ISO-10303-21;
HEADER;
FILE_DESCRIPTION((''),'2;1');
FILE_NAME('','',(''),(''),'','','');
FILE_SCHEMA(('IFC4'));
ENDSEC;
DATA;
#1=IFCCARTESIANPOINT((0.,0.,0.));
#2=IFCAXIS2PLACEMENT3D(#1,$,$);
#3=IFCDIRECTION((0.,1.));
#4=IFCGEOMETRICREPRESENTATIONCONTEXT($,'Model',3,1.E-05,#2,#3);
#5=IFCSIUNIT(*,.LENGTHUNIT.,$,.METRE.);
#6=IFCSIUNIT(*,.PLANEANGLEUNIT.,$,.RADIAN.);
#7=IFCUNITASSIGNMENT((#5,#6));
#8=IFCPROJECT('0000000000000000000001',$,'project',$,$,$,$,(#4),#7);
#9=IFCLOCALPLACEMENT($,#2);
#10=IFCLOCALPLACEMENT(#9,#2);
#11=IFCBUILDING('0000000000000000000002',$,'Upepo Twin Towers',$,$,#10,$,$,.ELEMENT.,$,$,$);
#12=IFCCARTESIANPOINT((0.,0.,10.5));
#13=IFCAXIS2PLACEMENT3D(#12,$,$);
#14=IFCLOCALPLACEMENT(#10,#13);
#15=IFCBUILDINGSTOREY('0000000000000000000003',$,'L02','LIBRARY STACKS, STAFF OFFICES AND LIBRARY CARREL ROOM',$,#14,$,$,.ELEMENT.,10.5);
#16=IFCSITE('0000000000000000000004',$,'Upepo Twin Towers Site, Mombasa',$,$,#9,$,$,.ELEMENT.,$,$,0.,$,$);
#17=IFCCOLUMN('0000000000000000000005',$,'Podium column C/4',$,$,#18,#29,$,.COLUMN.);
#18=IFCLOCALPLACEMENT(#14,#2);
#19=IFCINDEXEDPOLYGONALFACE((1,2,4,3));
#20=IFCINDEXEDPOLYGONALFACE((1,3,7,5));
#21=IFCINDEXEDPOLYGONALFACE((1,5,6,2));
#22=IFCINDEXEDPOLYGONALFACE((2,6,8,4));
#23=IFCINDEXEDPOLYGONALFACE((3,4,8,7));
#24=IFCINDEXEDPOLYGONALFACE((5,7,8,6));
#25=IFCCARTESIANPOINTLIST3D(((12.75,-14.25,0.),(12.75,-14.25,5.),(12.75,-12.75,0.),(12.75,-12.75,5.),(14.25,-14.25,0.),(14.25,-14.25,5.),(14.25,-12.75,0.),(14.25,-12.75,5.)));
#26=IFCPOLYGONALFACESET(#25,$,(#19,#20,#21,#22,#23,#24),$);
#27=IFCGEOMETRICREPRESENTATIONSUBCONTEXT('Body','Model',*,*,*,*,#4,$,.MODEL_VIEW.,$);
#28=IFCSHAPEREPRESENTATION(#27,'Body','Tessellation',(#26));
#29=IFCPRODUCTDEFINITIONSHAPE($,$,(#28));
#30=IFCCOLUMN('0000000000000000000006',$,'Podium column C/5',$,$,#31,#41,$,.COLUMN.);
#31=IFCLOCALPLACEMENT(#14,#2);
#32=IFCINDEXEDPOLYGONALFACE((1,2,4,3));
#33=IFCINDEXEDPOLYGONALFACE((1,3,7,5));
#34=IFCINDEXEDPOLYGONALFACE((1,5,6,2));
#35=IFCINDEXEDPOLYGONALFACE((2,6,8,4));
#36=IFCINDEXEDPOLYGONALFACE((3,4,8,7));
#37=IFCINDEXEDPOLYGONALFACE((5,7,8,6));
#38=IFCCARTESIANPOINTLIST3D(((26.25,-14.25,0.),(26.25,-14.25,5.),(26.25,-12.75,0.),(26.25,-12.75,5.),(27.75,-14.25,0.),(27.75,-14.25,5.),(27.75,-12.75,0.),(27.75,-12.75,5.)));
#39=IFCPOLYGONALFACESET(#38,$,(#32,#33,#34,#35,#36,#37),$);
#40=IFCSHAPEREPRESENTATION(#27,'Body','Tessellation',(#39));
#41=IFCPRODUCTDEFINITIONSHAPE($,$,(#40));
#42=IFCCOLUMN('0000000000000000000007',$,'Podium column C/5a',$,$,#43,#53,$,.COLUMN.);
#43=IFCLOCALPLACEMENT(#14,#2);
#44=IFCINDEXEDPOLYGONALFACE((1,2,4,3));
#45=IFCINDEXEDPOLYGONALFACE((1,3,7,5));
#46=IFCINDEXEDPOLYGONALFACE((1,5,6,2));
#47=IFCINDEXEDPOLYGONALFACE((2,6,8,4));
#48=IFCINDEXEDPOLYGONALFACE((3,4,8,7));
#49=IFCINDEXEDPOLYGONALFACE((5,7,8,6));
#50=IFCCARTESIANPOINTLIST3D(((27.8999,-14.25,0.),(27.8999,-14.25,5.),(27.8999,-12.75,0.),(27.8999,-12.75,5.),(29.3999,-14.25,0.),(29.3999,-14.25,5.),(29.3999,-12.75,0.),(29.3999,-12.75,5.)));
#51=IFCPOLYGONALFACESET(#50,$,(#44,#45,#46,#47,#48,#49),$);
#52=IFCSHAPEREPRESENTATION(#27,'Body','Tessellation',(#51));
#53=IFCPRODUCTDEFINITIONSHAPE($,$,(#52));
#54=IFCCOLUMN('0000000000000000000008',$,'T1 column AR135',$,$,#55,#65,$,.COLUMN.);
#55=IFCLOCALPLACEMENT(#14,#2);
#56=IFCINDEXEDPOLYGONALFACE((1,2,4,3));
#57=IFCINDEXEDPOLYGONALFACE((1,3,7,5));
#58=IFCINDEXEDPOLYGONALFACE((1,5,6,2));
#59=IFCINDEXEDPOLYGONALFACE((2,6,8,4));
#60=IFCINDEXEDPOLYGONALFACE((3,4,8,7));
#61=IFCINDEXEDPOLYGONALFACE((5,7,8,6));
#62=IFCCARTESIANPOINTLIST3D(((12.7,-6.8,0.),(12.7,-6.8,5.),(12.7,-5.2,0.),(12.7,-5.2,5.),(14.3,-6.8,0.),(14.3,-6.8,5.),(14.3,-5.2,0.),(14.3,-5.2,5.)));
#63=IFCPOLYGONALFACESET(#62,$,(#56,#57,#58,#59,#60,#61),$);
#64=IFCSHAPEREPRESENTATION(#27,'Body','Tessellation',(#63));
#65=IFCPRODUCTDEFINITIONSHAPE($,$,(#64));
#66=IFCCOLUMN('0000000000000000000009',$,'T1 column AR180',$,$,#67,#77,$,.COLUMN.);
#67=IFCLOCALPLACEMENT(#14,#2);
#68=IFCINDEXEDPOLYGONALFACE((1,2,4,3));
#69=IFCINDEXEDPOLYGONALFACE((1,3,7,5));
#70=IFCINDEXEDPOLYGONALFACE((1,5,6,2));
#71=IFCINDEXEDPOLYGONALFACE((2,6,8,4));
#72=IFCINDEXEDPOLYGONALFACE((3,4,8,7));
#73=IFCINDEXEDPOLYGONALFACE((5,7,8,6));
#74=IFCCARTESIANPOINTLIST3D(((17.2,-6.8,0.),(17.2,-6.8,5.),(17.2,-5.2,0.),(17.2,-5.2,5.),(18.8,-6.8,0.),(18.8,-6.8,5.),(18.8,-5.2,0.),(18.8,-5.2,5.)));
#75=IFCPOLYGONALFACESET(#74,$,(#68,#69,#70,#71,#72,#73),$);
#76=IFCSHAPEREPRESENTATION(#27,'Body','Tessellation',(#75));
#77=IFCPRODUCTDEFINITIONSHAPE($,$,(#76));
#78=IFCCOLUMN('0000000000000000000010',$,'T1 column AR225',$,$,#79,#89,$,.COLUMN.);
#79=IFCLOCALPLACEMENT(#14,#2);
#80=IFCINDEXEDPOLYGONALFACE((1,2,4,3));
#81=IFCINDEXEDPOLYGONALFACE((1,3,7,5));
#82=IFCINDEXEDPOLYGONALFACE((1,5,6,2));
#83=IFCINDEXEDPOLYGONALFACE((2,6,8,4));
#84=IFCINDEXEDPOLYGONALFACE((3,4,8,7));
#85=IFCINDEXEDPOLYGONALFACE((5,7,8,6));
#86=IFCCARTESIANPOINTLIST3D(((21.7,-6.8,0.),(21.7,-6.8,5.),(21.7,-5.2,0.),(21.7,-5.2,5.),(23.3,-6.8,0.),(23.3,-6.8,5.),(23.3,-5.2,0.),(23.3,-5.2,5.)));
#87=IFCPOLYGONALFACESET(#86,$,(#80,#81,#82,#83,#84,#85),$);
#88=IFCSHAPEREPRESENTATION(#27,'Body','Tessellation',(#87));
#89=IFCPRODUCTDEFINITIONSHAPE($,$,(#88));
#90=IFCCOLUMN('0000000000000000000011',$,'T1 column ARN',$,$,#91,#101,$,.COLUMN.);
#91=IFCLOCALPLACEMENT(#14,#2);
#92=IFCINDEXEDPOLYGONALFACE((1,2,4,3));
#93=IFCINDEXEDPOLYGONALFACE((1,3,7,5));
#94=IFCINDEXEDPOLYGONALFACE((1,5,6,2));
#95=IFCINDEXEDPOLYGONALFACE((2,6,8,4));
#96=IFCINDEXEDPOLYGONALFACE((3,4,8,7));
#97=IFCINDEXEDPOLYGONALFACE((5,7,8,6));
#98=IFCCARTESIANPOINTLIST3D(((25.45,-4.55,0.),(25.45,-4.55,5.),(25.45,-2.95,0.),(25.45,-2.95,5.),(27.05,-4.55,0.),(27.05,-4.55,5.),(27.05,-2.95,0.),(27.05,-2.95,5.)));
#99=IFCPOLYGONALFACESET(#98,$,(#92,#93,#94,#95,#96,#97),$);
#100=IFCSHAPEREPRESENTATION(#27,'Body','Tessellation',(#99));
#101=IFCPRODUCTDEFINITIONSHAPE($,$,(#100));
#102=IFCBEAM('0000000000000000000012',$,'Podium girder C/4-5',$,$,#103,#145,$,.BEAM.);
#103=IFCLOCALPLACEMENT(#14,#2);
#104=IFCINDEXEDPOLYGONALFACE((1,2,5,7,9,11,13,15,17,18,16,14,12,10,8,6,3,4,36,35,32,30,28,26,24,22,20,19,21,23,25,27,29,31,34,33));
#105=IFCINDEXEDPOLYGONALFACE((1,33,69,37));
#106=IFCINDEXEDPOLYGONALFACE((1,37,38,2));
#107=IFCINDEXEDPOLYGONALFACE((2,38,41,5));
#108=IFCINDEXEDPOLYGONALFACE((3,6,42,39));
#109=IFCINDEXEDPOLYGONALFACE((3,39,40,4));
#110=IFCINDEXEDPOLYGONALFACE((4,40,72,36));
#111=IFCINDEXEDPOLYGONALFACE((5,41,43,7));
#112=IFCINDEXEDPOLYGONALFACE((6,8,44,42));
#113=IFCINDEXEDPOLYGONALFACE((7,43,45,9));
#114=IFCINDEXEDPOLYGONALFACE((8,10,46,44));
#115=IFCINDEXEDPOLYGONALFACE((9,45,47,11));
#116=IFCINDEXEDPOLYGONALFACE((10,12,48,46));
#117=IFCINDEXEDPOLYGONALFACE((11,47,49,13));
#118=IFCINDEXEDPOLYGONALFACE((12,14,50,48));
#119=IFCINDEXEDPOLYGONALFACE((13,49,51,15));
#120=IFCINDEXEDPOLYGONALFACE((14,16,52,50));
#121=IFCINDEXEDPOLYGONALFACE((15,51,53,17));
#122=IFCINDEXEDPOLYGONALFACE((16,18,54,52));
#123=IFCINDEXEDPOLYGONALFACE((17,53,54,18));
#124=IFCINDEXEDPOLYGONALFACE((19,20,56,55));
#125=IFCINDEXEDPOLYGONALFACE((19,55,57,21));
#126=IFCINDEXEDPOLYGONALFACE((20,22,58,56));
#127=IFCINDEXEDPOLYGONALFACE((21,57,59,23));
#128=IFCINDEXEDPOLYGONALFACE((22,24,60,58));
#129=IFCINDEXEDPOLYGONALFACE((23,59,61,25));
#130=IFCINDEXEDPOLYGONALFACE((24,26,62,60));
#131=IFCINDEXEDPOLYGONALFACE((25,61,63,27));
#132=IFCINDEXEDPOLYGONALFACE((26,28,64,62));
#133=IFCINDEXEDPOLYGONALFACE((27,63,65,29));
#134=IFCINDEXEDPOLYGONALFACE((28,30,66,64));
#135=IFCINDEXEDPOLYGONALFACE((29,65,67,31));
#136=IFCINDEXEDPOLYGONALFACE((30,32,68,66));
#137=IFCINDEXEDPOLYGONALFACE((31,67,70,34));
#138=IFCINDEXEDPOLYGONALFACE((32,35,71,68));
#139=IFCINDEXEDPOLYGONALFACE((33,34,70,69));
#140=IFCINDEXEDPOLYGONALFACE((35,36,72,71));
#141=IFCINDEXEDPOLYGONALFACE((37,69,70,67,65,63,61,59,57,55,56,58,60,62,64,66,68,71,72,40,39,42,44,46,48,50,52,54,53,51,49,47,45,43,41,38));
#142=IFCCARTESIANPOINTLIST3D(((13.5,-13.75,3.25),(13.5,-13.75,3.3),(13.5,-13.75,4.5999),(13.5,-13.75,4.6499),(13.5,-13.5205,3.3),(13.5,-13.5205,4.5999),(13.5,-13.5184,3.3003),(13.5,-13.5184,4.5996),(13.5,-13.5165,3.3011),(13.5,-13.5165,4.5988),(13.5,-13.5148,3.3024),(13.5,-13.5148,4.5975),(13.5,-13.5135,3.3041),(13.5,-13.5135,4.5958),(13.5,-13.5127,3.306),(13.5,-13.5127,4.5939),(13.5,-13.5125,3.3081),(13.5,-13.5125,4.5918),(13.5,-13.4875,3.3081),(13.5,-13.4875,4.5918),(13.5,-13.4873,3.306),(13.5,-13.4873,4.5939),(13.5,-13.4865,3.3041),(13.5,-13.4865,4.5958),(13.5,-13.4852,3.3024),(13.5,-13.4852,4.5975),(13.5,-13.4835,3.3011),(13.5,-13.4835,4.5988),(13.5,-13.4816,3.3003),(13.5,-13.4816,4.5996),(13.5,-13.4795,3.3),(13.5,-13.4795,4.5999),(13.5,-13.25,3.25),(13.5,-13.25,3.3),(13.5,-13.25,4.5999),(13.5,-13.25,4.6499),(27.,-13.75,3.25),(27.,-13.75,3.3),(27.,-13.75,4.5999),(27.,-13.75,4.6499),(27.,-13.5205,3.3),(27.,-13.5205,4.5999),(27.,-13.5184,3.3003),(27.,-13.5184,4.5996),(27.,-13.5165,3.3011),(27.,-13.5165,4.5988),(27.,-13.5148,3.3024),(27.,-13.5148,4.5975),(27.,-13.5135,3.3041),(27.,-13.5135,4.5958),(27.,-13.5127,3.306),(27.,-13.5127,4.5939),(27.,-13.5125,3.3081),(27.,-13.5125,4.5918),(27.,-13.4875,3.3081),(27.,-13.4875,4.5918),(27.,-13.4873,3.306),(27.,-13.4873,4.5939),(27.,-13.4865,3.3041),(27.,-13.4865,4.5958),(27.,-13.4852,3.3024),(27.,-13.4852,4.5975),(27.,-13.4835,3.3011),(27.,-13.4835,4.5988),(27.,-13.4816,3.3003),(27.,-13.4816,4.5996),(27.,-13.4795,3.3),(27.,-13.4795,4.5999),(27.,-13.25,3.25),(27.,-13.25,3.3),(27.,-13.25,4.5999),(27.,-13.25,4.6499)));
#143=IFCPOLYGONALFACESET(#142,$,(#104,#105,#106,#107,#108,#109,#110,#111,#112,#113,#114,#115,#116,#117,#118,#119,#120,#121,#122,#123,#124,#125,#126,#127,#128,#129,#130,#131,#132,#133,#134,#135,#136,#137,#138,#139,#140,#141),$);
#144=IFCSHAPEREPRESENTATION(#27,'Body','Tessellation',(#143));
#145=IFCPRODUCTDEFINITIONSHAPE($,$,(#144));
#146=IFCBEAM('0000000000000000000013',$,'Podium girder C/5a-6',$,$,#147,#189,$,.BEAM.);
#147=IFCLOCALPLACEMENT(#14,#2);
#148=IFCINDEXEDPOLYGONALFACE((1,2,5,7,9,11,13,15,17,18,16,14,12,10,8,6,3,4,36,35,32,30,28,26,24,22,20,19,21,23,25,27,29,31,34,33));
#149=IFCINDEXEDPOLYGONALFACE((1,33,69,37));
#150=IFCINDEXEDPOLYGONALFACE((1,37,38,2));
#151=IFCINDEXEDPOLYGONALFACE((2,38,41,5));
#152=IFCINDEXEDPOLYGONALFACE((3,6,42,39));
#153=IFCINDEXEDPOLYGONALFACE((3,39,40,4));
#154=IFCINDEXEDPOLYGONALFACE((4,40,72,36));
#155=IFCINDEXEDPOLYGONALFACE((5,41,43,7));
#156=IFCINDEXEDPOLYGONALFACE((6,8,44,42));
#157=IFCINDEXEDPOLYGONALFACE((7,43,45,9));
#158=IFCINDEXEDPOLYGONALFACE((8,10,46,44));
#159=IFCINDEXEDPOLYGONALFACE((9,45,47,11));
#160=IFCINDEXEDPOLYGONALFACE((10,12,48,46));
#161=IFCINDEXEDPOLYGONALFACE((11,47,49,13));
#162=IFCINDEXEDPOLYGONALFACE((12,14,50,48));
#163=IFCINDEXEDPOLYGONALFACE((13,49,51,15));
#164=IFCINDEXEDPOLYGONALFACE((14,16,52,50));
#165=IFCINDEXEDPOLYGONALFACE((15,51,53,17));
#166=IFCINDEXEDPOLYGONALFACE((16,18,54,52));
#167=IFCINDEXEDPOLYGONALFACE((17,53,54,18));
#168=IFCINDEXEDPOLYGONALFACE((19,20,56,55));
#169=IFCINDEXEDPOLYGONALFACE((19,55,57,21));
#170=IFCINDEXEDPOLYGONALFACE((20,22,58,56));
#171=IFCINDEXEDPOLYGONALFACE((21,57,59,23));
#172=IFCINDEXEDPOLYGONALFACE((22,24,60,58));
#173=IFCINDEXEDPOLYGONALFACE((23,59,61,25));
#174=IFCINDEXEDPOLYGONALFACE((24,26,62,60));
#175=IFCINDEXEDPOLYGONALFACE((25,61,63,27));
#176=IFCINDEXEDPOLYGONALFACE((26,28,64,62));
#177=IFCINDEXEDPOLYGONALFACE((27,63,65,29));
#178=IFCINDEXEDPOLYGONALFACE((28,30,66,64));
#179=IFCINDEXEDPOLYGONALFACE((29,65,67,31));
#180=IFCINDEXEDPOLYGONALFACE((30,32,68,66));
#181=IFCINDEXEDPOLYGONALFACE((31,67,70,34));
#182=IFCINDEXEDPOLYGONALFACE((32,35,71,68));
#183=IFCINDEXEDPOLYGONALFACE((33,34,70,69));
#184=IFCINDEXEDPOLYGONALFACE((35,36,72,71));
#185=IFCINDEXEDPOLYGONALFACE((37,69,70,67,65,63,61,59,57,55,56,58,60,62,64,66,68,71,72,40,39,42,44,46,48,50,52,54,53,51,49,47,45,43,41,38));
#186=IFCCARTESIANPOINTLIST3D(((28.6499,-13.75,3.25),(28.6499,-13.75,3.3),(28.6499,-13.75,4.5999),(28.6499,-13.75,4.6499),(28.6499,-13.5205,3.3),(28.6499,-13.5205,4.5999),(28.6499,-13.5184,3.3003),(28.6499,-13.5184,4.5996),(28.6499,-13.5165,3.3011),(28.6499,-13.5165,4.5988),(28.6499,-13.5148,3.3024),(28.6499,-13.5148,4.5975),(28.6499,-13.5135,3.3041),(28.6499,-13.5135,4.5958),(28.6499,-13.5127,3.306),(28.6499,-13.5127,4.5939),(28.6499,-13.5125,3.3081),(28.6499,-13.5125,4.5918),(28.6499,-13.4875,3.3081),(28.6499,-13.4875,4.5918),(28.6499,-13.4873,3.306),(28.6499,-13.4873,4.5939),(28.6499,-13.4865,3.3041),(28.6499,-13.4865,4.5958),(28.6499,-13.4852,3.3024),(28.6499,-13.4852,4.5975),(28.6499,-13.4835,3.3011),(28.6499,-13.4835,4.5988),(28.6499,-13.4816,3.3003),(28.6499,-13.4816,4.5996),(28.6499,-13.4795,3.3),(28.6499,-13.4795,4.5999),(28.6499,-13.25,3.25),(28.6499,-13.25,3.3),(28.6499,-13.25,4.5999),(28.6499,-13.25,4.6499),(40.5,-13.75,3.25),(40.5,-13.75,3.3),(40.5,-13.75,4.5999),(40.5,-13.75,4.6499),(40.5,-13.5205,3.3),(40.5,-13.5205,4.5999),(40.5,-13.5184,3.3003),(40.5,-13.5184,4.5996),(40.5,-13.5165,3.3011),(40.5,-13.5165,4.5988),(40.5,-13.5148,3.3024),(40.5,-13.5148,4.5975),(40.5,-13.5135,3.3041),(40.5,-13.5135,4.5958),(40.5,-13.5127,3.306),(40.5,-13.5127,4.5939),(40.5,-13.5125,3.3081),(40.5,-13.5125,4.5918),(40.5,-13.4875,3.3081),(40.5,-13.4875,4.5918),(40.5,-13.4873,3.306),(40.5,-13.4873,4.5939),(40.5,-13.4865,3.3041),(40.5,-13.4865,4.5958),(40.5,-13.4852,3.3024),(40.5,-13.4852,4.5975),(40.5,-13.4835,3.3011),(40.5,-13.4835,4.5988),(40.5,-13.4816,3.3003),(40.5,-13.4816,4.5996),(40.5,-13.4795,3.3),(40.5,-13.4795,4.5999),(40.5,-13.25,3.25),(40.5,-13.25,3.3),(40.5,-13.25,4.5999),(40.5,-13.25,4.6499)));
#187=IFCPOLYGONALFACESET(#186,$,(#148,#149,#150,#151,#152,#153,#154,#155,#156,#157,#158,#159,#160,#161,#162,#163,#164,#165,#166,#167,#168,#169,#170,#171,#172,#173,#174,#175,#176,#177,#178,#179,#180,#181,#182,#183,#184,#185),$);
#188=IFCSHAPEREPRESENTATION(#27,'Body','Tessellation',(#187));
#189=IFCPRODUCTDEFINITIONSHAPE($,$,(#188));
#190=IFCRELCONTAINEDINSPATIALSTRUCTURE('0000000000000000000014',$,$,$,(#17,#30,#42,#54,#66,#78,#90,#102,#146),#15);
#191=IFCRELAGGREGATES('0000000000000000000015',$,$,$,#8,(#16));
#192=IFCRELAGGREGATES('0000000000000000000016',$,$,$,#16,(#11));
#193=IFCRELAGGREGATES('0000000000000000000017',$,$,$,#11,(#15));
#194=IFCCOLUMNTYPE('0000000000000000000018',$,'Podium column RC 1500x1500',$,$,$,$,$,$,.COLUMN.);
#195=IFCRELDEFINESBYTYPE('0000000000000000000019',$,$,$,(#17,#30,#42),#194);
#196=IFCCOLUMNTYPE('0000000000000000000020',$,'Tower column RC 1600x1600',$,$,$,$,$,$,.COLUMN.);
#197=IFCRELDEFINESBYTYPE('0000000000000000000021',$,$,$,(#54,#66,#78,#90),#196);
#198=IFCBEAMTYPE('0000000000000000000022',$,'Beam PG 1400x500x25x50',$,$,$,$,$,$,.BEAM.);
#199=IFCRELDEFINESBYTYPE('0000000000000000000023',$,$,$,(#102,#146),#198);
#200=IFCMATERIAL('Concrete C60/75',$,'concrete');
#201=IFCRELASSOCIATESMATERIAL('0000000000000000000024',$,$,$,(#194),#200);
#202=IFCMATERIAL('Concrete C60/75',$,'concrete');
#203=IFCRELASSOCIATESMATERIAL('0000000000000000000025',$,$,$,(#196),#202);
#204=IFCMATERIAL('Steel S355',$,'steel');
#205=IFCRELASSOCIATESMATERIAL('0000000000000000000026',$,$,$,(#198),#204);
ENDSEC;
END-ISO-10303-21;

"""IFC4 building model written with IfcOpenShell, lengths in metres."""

from ifc_helpers import new_model, si_unit, direction, frame, origin, origin_2d, place, context, subcontext, project, spatial, rectangle, i_section, extrude, material, material_profile, profile_set, type_object, element, save


model = new_model("IFC4")

# Units and contexts
model_context = context("Model", 3, precision=1e-05, world=origin(), true_north=direction((0.0, 1.0)))
body_context = subcontext(model_context, "Body", "Model", "MODEL_VIEW")
ifc_project = project(units=[si_unit("LENGTHUNIT", "METRE"), si_unit("PLANEANGLEUNIT", "RADIAN")], contexts=[model_context])

# Site, building, storey
site_placement = place(None, origin())
site = spatial("IfcSite", under=ifc_project, at=site_placement, Name="Upepo Twin Towers Site, Mombasa", CompositionType="ELEMENT", RefElevation=0.0)
building_placement = place(site_placement, origin())
building = spatial("IfcBuilding", under=site, at=building_placement, Name="Upepo Twin Towers", CompositionType="ELEMENT")
storey_placement = place(building_placement, frame((0.0, 0.0, 10.5)))
storey = spatial("IfcBuildingStorey", under=building, at=storey_placement, Name="L02", Description="LIBRARY STACKS, STAFF OFFICES AND LIBRARY CARREL ROOM", CompositionType="ELEMENT", Elevation=10.5)

# Columns
ifc_material_1 = material(Name="Concrete C60/75", Category="concrete")
ifc_material_profile_1 = material_profile(ifc_material_1, rectangle(XDim=1.5, YDim=1.5, at=origin_2d()), Name="RC 1500x1500")
ifc_profile_set_1 = profile_set([ifc_material_profile_1], Name="Concrete C60/75")
column_type_1 = type_object("IfcColumnType", Name="Podium column RC 1500x1500", PredefinedType="COLUMN", material=ifc_profile_set_1)
for number, where, z_axis, x_axis, name in (
    (1, (13.5, -13.5, 0.0), (0.0, 0.0, 1.0), (1.0, 0.0, 0.0), "Podium column C/4"),
    (2, (27.0, -13.5, 0.0), (0.0, 0.0, 1.0), (1.0, 0.0, 0.0), "Podium column C/5"),
    (3, (28.6499, -13.5, 0.0), (0.0, 0.0, 1.0), (1.0, 0.0, 0.0), "Podium column C/5a"),
):
    element("IfcColumn", number, at=place(storey_placement, frame(where, z_axis=z_axis, x_axis=x_axis)), inside=storey, type_object=column_type_1, Name=name, PredefinedType="COLUMN", context=body_context, shape_type="SweptSolid", body=[
        extrude(rectangle(XDim=1.5, YDim=1.5, at=origin_2d()), origin(), (0.0, 0.0, 1.0), 5.0),
    ])
ifc_material_2 = material(Name="Concrete C60/75", Category="concrete")
ifc_material_profile_2 = material_profile(ifc_material_2, rectangle(XDim=1.6001, YDim=1.6001, at=origin_2d()), Name="RC 1600x1600")
ifc_profile_set_2 = profile_set([ifc_material_profile_2], Name="Concrete C60/75")
column_type_2 = type_object("IfcColumnType", Name="Tower column RC 1600x1600", PredefinedType="COLUMN", material=ifc_profile_set_2)
for number, where, z_axis, x_axis, name in (
    (4, (13.5, -6.0, 0.0), (0.0, 0.0, 1.0), (1.0, 0.0, 0.0), "T1 column AR135"),
    (5, (18.0, -6.0, 0.0), (0.0, 0.0, 1.0), (1.0, 0.0, 0.0), "T1 column AR180"),
    (6, (22.5, -6.0, 0.0), (0.0, 0.0, 1.0), (1.0, 0.0, 0.0), "T1 column AR225"),
    (7, (26.25, -3.75, 0.0), (0.0, 0.0, 1.0), (1.0, 0.0, 0.0), "T1 column ARN"),
):
    element("IfcColumn", number, at=place(storey_placement, frame(where, z_axis=z_axis, x_axis=x_axis)), inside=storey, type_object=column_type_2, Name=name, PredefinedType="COLUMN", context=body_context, shape_type="SweptSolid", body=[
        extrude(rectangle(XDim=1.6001, YDim=1.6001, at=origin_2d()), origin(), (0.0, 0.0, 1.0), 5.0),
    ])

# Beams
ifc_material_3 = material(Name="Steel S355", Category="steel")
ifc_material_profile_3 = material_profile(ifc_material_3, i_section(OverallWidth=0.5, OverallDepth=1.3999, WebThickness=0.0249, FlangeThickness=0.05, FilletRadius=0.0081, at=origin_2d()), Name="PG 1400x500x25x50")
ifc_profile_set_3 = profile_set([ifc_material_profile_3], Name="Steel S355")
beam_type_1 = type_object("IfcBeamType", Name="Beam PG 1400x500x25x50", PredefinedType="BEAM", material=ifc_profile_set_3)
beam_1_placement = place(storey_placement, frame((13.5, -13.5, 3.95), z_axis=(1.0, 0.0, 0.0), x_axis=(0.0, 1.0, 0.0)))
element("IfcBeam", 8, at=beam_1_placement, inside=storey, type_object=beam_type_1, Name="Podium girder C/4-5", PredefinedType="BEAM", context=body_context, shape_type="SweptSolid", body=[
    extrude(i_section(OverallWidth=0.5, OverallDepth=1.3999, WebThickness=0.0249, FlangeThickness=0.05, FilletRadius=0.0081, at=origin_2d()), origin(), (0.0, 0.0, 1.0), 13.5),
])
beam_2_placement = place(storey_placement, frame((28.6499, -13.5, 3.95), z_axis=(1.0, 0.0, 0.0), x_axis=(0.0, 1.0, 0.0)))
element("IfcBeam", 9, at=beam_2_placement, inside=storey, type_object=beam_type_1, Name="Podium girder C/5a-6", PredefinedType="BEAM", context=body_context, shape_type="SweptSolid", body=[
    extrude(i_section(OverallWidth=0.5, OverallDepth=1.3999, WebThickness=0.0249, FlangeThickness=0.05, FilletRadius=0.0081, at=origin_2d()), origin(), (0.0, 0.0, 1.0), 11.8501),
])

save(model, "model.ifc")
